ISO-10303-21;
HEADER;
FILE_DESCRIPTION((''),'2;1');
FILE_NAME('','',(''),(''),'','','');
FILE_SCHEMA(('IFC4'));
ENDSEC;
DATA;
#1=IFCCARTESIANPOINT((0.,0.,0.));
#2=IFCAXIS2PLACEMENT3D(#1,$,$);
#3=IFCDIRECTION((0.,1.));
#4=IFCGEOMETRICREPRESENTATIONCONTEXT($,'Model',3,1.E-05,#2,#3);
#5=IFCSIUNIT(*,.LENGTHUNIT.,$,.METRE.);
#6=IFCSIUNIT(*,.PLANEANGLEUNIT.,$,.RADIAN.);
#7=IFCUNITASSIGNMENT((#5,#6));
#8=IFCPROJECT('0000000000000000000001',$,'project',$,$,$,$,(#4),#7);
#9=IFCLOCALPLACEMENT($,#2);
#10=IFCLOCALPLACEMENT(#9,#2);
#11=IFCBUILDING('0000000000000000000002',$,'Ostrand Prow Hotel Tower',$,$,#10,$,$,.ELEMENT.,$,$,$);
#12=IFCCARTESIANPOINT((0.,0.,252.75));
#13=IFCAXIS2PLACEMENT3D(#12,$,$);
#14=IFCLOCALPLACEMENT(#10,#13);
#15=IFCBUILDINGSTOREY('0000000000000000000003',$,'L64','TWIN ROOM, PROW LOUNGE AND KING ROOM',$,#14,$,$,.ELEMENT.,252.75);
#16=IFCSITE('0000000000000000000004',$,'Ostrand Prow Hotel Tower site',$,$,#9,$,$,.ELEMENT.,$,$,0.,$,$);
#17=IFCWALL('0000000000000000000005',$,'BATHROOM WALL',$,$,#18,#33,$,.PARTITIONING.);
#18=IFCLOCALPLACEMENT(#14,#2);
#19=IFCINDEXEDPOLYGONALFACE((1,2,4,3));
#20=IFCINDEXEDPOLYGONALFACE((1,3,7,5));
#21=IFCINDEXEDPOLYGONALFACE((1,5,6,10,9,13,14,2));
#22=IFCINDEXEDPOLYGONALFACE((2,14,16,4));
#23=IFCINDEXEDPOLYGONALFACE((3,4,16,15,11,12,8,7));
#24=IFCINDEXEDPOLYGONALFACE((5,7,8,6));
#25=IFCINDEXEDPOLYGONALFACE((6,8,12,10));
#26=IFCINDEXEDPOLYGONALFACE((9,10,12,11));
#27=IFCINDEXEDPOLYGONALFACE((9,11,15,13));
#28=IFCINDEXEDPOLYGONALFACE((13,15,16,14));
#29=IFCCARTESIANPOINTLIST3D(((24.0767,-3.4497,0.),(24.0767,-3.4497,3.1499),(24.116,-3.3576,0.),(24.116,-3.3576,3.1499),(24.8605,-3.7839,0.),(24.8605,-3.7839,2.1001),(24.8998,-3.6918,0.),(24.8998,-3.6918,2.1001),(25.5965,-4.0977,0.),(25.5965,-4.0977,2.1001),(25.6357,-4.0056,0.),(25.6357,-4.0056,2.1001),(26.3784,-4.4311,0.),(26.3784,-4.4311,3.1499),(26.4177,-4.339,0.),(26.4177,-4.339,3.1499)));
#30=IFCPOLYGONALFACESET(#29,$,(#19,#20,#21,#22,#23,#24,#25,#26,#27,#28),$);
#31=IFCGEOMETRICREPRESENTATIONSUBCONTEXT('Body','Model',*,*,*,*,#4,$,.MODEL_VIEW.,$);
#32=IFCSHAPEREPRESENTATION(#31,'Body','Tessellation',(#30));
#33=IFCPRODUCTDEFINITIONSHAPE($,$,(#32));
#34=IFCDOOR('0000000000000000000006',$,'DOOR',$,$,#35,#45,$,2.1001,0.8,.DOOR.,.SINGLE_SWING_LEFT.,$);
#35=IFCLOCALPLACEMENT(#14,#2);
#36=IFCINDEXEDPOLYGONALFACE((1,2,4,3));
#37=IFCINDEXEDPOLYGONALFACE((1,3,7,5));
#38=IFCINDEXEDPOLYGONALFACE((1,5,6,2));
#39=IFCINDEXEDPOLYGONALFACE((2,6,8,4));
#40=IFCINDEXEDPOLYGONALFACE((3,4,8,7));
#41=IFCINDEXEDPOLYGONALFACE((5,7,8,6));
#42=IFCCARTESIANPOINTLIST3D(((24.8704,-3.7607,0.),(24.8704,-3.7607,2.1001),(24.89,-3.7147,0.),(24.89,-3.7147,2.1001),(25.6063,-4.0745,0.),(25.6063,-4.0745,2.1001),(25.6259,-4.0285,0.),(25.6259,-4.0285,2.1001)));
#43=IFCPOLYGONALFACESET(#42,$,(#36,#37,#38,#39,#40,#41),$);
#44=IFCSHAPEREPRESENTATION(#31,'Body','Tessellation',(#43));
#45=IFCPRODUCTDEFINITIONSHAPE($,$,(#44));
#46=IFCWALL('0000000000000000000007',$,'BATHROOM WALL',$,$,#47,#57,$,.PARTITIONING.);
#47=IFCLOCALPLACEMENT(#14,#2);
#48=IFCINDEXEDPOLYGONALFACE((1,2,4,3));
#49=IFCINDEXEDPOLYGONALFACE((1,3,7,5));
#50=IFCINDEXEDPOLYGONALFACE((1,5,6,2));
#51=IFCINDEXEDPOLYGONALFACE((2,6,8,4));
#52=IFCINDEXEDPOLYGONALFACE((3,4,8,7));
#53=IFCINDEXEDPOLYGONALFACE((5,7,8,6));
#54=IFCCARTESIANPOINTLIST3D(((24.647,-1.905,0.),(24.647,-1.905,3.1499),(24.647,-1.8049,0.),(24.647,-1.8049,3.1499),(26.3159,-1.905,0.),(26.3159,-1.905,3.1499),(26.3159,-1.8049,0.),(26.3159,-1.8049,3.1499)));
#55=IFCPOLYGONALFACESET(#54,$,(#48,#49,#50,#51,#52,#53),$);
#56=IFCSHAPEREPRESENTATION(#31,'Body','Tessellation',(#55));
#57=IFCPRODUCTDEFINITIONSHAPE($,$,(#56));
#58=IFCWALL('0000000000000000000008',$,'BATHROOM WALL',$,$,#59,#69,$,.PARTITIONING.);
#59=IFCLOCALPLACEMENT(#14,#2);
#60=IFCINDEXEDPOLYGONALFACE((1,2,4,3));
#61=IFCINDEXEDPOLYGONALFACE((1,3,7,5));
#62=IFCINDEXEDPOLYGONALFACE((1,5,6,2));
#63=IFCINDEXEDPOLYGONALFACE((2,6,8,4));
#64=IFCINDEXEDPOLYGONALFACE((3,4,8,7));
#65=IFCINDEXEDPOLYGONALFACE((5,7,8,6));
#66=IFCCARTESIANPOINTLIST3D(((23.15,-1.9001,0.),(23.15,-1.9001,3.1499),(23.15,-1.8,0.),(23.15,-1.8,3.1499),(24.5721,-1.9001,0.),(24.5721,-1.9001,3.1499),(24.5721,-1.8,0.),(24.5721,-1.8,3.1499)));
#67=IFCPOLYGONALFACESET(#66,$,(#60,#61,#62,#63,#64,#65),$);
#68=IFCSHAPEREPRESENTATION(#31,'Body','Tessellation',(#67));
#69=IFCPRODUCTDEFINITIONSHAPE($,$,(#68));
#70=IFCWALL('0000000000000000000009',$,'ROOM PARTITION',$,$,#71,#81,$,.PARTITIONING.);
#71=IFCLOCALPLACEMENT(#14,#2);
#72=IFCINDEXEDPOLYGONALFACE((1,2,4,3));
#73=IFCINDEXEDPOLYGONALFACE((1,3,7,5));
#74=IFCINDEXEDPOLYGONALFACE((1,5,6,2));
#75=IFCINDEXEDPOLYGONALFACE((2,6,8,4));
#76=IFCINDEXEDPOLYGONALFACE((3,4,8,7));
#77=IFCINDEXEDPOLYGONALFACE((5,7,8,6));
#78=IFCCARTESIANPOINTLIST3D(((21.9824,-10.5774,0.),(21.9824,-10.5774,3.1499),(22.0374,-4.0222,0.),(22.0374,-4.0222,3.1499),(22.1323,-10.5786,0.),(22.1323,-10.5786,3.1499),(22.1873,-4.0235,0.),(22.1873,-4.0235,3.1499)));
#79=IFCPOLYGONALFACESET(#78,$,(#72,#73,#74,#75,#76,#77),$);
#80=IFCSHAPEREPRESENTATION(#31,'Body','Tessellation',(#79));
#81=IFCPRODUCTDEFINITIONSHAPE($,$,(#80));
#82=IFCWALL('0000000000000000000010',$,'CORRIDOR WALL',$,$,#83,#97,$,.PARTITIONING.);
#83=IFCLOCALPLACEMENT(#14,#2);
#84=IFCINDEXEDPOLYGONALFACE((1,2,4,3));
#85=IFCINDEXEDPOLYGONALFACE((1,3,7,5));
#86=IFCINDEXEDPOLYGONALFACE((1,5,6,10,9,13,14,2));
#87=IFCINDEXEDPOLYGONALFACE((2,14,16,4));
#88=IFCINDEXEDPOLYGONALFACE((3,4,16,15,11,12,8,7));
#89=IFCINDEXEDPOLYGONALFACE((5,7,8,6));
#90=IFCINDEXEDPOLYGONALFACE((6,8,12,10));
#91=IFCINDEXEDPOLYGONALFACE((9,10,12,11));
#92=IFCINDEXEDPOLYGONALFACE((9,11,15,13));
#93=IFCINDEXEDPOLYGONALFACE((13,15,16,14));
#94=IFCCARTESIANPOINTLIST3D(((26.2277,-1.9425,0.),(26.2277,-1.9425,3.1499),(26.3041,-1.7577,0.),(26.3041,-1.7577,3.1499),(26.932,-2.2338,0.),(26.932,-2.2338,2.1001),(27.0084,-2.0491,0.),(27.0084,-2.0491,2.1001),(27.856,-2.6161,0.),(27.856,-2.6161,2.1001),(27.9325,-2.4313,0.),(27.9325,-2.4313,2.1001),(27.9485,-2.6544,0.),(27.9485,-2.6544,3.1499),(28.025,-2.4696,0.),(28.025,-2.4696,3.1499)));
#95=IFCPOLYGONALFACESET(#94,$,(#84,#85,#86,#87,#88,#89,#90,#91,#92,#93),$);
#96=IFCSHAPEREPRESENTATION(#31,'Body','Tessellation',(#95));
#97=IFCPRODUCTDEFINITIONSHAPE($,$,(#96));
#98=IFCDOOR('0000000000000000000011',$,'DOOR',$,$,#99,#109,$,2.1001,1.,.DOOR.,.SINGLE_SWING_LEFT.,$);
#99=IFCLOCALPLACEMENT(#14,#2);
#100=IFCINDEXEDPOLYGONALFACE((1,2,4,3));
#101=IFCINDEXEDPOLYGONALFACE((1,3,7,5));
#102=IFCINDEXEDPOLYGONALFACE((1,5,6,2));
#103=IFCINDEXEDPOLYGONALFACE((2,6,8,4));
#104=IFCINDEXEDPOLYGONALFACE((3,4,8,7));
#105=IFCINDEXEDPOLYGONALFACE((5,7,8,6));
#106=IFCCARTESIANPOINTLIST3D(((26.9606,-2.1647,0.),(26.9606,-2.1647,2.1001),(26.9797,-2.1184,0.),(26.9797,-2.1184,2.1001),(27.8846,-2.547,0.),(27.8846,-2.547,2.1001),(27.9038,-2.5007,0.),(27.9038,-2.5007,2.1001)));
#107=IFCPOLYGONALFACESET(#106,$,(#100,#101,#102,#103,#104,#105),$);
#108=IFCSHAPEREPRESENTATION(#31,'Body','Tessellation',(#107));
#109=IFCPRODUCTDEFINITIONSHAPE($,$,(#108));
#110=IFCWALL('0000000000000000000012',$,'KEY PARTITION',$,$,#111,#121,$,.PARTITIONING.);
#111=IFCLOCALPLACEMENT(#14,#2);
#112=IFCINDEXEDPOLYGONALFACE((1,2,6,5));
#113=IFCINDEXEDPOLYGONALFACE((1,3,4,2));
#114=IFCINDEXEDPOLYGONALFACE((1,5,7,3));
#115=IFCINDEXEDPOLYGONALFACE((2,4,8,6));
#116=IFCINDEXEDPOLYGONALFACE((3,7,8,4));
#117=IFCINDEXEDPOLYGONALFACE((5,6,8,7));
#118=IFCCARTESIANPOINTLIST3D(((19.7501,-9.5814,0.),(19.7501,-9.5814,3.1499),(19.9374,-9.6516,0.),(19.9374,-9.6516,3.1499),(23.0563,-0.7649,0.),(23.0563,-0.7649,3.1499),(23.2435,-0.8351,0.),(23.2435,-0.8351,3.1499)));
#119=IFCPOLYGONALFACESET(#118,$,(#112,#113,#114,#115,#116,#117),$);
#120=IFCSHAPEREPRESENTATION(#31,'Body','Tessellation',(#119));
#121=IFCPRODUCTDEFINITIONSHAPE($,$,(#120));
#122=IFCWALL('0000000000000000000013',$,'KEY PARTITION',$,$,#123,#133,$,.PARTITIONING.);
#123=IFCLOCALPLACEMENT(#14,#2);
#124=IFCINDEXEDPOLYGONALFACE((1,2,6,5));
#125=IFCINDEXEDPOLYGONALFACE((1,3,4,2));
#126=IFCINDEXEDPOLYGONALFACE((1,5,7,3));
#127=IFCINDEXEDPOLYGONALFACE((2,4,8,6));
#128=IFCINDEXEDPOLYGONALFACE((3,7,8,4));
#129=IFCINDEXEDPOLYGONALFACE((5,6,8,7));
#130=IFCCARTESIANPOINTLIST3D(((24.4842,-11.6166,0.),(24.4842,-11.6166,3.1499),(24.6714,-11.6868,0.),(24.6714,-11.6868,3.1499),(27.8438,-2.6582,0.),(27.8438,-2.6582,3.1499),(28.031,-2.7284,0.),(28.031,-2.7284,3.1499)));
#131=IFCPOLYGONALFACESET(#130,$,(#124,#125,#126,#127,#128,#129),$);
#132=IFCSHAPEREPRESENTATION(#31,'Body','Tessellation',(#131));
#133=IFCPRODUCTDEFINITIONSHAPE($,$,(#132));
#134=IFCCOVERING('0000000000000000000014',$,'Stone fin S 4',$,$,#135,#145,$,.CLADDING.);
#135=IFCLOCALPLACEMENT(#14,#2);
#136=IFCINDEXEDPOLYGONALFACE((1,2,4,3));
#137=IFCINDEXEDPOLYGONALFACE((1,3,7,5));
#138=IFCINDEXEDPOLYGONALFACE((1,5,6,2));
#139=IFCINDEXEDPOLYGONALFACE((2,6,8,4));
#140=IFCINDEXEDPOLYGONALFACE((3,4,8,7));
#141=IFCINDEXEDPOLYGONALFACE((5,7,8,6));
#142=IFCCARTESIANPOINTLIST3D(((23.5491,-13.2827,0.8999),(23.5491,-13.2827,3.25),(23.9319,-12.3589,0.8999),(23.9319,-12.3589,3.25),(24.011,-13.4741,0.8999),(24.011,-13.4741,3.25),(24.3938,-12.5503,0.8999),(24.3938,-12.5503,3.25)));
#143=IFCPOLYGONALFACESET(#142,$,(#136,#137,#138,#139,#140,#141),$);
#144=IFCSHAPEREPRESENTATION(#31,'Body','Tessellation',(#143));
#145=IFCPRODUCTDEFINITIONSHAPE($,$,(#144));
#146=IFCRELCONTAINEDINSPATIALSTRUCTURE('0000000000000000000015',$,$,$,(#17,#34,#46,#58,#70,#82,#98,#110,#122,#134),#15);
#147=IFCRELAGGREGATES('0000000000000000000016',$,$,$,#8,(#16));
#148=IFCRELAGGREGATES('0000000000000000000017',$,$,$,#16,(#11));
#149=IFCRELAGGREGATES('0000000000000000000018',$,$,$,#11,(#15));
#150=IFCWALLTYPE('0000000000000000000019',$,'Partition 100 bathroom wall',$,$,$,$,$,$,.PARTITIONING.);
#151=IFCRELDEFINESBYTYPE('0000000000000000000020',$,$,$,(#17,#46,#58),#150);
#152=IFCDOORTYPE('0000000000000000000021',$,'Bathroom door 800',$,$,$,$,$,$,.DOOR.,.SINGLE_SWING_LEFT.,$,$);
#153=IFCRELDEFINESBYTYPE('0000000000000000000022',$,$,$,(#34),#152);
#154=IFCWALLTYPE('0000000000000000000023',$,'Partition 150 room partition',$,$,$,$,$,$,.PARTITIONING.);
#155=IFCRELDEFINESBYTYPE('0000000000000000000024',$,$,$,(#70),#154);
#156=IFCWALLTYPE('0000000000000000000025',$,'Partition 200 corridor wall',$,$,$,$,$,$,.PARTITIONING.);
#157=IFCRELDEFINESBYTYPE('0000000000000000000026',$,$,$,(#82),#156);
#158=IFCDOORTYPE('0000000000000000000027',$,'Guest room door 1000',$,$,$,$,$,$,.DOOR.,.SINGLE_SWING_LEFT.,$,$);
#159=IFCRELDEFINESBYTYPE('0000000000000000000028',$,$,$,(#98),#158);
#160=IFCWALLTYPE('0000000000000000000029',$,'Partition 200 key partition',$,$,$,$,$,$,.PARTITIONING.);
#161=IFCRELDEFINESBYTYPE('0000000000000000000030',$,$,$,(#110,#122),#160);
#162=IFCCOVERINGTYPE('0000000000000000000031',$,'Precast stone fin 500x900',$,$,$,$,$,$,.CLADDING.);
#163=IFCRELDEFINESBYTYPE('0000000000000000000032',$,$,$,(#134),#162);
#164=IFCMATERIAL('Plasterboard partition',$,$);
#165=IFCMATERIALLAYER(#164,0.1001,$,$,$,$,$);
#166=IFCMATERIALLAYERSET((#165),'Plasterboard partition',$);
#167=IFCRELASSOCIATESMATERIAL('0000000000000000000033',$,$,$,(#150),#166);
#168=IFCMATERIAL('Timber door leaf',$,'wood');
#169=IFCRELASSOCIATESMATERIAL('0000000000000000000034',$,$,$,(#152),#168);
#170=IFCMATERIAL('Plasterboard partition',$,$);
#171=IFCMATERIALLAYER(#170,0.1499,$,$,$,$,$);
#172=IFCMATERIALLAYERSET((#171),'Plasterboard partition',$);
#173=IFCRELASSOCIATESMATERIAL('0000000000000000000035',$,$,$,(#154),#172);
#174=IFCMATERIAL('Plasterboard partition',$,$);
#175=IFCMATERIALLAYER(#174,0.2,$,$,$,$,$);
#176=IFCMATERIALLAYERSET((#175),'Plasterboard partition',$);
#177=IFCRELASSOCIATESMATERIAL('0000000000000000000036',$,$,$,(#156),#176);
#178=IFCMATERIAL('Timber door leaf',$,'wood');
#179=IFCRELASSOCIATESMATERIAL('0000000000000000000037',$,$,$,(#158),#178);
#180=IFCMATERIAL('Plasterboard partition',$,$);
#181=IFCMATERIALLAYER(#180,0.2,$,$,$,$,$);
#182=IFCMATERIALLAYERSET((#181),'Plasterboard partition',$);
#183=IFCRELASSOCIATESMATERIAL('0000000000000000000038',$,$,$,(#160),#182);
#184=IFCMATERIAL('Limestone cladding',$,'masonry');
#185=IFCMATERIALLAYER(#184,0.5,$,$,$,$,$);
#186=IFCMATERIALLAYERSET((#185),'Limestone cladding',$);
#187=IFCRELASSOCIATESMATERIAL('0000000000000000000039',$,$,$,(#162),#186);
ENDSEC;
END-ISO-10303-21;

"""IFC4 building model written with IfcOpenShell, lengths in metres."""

from ifc_helpers import new_model, si_unit, direction, frame, frame_2d, origin, place, context, subcontext, project, spatial, rectangle, extrude, material, layer, layer_set, type_object, element, fill, save


model = new_model("IFC4")

# Units and contexts
model_context = context("Model", 3, precision=1e-05, world=origin(), true_north=direction((0.0, 1.0)))
body_context = subcontext(model_context, "Body", "Model", "MODEL_VIEW")
ifc_project = project(units=[si_unit("LENGTHUNIT", "METRE"), si_unit("PLANEANGLEUNIT", "RADIAN")], contexts=[model_context])

# Site, building, storey
site_placement = place(None, origin())
site = spatial("IfcSite", under=ifc_project, at=site_placement, Name="Ostrand Prow Hotel Tower site", CompositionType="ELEMENT", RefElevation=0.0)
building_placement = place(site_placement, origin())
building = spatial("IfcBuilding", under=site, at=building_placement, Name="Ostrand Prow Hotel Tower", CompositionType="ELEMENT")
storey_placement = place(building_placement, frame((0.0, 0.0, 252.75)))
storey = spatial("IfcBuildingStorey", under=building, at=storey_placement, Name="L64", Description="TWIN ROOM, PROW LOUNGE AND KING ROOM", CompositionType="ELEMENT", Elevation=252.75)

# Shared definitions
ifc_material_1 = material(Name="Plasterboard partition")
ifc_layer_1 = layer(ifc_material_1, 0.1001)
ifc_layer_set_1 = layer_set([ifc_layer_1], Name="Plasterboard partition")
wall_type_1 = type_object("IfcWallType", Name="Partition 100 bathroom wall", PredefinedType="PARTITIONING", material=ifc_layer_set_1)

# Wall, opening, door
wall_1_placement = place(storey_placement, frame((26.3979, -4.385, 0.0), z_axis=(0.0, 0.0, 1.0), x_axis=(-0.91987, 0.392223, 0.0)))
wall_1 = element("IfcWall", 1, at=wall_1_placement, inside=storey, type_object=wall_type_1, Name="BATHROOM WALL", PredefinedType="PARTITIONING", context=body_context, shape_type="SweptSolid", body=[
    extrude(rectangle(XDim=2.5022, YDim=0.1001, at=frame_2d((1.251, 0.0))), origin(), (0.0, 0.0, 1.0), 3.1499),
])
opening_1_placement = place(wall_1_placement, frame((0.8501, 0.0, 0.0)))
opening_1 = element("IfcOpeningElement", 2, at=opening_1_placement, cuts=wall_1, PredefinedType="OPENING", context=body_context, shape_type="SweptSolid", body=[
    extrude(rectangle(XDim=0.8, YDim=2.1001, at=frame_2d((0.3999, 1.05))), frame((0.0, 0.0601, 0.0), z_axis=(0.0, -1.0, 0.0), x_axis=(1.0, 0.0, 0.0)), (0.0, 0.0, 1.0), 0.1201),
])
ifc_material_2 = material(Name="Timber door leaf", Category="wood")
door_type_1 = type_object("IfcDoorType", Name="Bathroom door 800", OperationType="SINGLE_SWING_LEFT", PredefinedType="DOOR", material=ifc_material_2)
door_1_placement = place(opening_1_placement, origin())
door_1 = element("IfcDoor", 3, at=door_1_placement, inside=storey, type_object=door_type_1, Name="DOOR", OperationType="SINGLE_SWING_LEFT", OverallHeight=2.1001, OverallWidth=0.8, PredefinedType="DOOR", context=body_context, shape_type="SweptSolid", body=[
    extrude(rectangle(XDim=0.8, YDim=2.1001, at=frame_2d((0.3999, 1.05))), frame((0.0, 0.0249, 0.0), z_axis=(0.0, -1.0, 0.0), x_axis=(1.0, 0.0, 0.0)), (0.0, 0.0, 1.0), 0.05),
])
fill(opening_1, door_1)

# Walls
wall_2_placement = place(storey_placement, frame((24.647, -1.855, 0.0), z_axis=(0.0, 0.0, 1.0), x_axis=(1.0, 0.0, 0.0)))
element("IfcWall", 4, at=wall_2_placement, inside=storey, type_object=wall_type_1, Name="BATHROOM WALL", PredefinedType="PARTITIONING", context=body_context, shape_type="SweptSolid", body=[
    extrude(rectangle(XDim=1.6689, YDim=0.1001, at=frame_2d((0.8345, 0.0))), origin(), (0.0, 0.0, 1.0), 3.1499),
])
wall_3_placement = place(storey_placement, frame((24.572, -1.8501, 0.0), z_axis=(0.0, 0.0, 1.0), x_axis=(-1.0, 0.0, 0.0)))
element("IfcWall", 5, at=wall_3_placement, inside=storey, type_object=wall_type_1, Name="BATHROOM WALL", PredefinedType="PARTITIONING", context=body_context, shape_type="SweptSolid", body=[
    extrude(rectangle(XDim=1.4221, YDim=0.1001, at=frame_2d((0.7109, 0.0))), origin(), (0.0, 0.0, 1.0), 3.1499),
])
ifc_material_3 = material(Name="Plasterboard partition")
ifc_layer_2 = layer(ifc_material_3, 0.1499)
ifc_layer_set_2 = layer_set([ifc_layer_2], Name="Plasterboard partition")
wall_type_2 = type_object("IfcWallType", Name="Partition 150 room partition", PredefinedType="PARTITIONING", material=ifc_layer_set_2)
wall_4_placement = place(storey_placement, frame((22.1123, -4.0227, 0.0), z_axis=(0.0, 0.0, 1.0), x_axis=(-0.00838, -0.999965, 0.0)))
element("IfcWall", 6, at=wall_4_placement, inside=storey, type_object=wall_type_2, Name="ROOM PARTITION", PredefinedType="PARTITIONING", context=body_context, shape_type="SweptSolid", body=[
    extrude(rectangle(XDim=6.5554, YDim=0.1499, at=frame_2d((3.2778, 0.0))), origin(), (0.0, 0.0, 1.0), 3.1499),
])

# Wall, opening, door
ifc_material_4 = material(Name="Plasterboard partition")
ifc_layer_3 = layer(ifc_material_4, 0.2)
ifc_layer_set_3 = layer_set([ifc_layer_3], Name="Plasterboard partition")
wall_type_3 = type_object("IfcWallType", Name="Partition 200 corridor wall", PredefinedType="PARTITIONING", material=ifc_layer_set_3)
wall_5_placement = place(storey_placement, frame((26.2659, -1.8501, 0.0), z_axis=(0.0, 0.0, 1.0), x_axis=(0.924055, -0.382259, 0.0)))
wall_5 = element("IfcWall", 7, at=wall_5_placement, inside=storey, type_object=wall_type_3, Name="CORRIDOR WALL", PredefinedType="PARTITIONING", context=body_context, shape_type="SweptSolid", body=[
    extrude(rectangle(XDim=1.8623, YDim=0.2, at=frame_2d((0.9312, 0.0))), origin(), (0.0, 0.0, 1.0), 3.1499),
])
opening_2_placement = place(wall_5_placement, frame((0.7622, 0.0, 0.0)))
opening_2 = element("IfcOpeningElement", 8, at=opening_2_placement, cuts=wall_5, PredefinedType="OPENING", context=body_context, shape_type="SweptSolid", body=[
    extrude(rectangle(XDim=1.0, YDim=2.1001, at=frame_2d((0.5, 1.05))), frame((0.0, 0.1099, 0.0), z_axis=(0.0, -1.0, 0.0), x_axis=(1.0, 0.0, 0.0)), (0.0, 0.0, 1.0), 0.22),
])
ifc_material_5 = material(Name="Timber door leaf", Category="wood")
door_type_2 = type_object("IfcDoorType", Name="Guest room door 1000", OperationType="SINGLE_SWING_LEFT", PredefinedType="DOOR", material=ifc_material_5)
door_2_placement = place(opening_2_placement, origin())
door_2 = element("IfcDoor", 9, at=door_2_placement, inside=storey, type_object=door_type_2, Name="DOOR", OperationType="SINGLE_SWING_LEFT", OverallHeight=2.1001, OverallWidth=1.0, PredefinedType="DOOR", context=body_context, shape_type="SweptSolid", body=[
    extrude(rectangle(XDim=1.0, YDim=2.1001, at=frame_2d((0.5, 1.05))), frame((0.0, 0.0249, 0.0), z_axis=(0.0, -1.0, 0.0), x_axis=(1.0, 0.0, 0.0)), (0.0, 0.0, 1.0), 0.05),
])
fill(opening_2, door_2)

# Walls
ifc_material_6 = material(Name="Plasterboard partition")
ifc_layer_4 = layer(ifc_material_6, 0.2)
ifc_layer_set_4 = layer_set([ifc_layer_4], Name="Plasterboard partition")
wall_type_4 = type_object("IfcWallType", Name="Partition 200 key partition", PredefinedType="PARTITIONING", material=ifc_layer_set_4)
wall_6_placement = place(storey_placement, frame((19.8438, -9.6165, 0.0), z_axis=(0.0, 0.0, 1.0), x_axis=(0.351123, 0.936329, 0.0)))
element("IfcWall", 10, at=wall_6_placement, inside=storey, type_object=wall_type_4, Name="KEY PARTITION", PredefinedType="PARTITIONING", context=body_context, shape_type="SweptSolid", body=[
    extrude(rectangle(XDim=9.416, YDim=0.2, at=frame_2d((4.708, 0.0))), origin(), (0.0, 0.0, 1.0), 3.1499),
])
wall_7_placement = place(storey_placement, frame((24.5779, -11.6516, 0.0), z_axis=(0.0, 0.0, 1.0), x_axis=(0.35114, 0.936323, 0.0)))
element("IfcWall", 11, at=wall_7_placement, inside=storey, type_object=wall_type_4, Name="KEY PARTITION", PredefinedType="PARTITIONING", context=body_context, shape_type="SweptSolid", body=[
    extrude(rectangle(XDim=9.5676, YDim=0.2, at=frame_2d((4.7837, 0.0))), origin(), (0.0, 0.0, 1.0), 3.1499),
])

# Covering
ifc_material_7 = material(Name="Limestone cladding", Category="masonry")
ifc_layer_5 = layer(ifc_material_7, 0.5)
ifc_layer_set_5 = layer_set([ifc_layer_5], Name="Limestone cladding")
covering_type = type_object("IfcCoveringType", Name="Precast stone fin 500x900", PredefinedType="CLADDING", material=ifc_layer_set_5)
covering_placement = place(storey_placement, frame((24.1628, -12.4546, 0.8999), z_axis=(0.0, 0.0, 1.0), x_axis=(-0.382812, -0.923826, 0.0)))
element("IfcCovering", 12, at=covering_placement, inside=storey, type_object=covering_type, Name="Stone fin S 4", PredefinedType="CLADDING", context=body_context, shape_type="SweptSolid", body=[
    extrude(rectangle(XDim=1.0, YDim=0.5, at=frame_2d((0.5, 0.0))), origin(), (0.0, 0.0, 1.0), 2.3501),
])

save(model, "model.ifc")
